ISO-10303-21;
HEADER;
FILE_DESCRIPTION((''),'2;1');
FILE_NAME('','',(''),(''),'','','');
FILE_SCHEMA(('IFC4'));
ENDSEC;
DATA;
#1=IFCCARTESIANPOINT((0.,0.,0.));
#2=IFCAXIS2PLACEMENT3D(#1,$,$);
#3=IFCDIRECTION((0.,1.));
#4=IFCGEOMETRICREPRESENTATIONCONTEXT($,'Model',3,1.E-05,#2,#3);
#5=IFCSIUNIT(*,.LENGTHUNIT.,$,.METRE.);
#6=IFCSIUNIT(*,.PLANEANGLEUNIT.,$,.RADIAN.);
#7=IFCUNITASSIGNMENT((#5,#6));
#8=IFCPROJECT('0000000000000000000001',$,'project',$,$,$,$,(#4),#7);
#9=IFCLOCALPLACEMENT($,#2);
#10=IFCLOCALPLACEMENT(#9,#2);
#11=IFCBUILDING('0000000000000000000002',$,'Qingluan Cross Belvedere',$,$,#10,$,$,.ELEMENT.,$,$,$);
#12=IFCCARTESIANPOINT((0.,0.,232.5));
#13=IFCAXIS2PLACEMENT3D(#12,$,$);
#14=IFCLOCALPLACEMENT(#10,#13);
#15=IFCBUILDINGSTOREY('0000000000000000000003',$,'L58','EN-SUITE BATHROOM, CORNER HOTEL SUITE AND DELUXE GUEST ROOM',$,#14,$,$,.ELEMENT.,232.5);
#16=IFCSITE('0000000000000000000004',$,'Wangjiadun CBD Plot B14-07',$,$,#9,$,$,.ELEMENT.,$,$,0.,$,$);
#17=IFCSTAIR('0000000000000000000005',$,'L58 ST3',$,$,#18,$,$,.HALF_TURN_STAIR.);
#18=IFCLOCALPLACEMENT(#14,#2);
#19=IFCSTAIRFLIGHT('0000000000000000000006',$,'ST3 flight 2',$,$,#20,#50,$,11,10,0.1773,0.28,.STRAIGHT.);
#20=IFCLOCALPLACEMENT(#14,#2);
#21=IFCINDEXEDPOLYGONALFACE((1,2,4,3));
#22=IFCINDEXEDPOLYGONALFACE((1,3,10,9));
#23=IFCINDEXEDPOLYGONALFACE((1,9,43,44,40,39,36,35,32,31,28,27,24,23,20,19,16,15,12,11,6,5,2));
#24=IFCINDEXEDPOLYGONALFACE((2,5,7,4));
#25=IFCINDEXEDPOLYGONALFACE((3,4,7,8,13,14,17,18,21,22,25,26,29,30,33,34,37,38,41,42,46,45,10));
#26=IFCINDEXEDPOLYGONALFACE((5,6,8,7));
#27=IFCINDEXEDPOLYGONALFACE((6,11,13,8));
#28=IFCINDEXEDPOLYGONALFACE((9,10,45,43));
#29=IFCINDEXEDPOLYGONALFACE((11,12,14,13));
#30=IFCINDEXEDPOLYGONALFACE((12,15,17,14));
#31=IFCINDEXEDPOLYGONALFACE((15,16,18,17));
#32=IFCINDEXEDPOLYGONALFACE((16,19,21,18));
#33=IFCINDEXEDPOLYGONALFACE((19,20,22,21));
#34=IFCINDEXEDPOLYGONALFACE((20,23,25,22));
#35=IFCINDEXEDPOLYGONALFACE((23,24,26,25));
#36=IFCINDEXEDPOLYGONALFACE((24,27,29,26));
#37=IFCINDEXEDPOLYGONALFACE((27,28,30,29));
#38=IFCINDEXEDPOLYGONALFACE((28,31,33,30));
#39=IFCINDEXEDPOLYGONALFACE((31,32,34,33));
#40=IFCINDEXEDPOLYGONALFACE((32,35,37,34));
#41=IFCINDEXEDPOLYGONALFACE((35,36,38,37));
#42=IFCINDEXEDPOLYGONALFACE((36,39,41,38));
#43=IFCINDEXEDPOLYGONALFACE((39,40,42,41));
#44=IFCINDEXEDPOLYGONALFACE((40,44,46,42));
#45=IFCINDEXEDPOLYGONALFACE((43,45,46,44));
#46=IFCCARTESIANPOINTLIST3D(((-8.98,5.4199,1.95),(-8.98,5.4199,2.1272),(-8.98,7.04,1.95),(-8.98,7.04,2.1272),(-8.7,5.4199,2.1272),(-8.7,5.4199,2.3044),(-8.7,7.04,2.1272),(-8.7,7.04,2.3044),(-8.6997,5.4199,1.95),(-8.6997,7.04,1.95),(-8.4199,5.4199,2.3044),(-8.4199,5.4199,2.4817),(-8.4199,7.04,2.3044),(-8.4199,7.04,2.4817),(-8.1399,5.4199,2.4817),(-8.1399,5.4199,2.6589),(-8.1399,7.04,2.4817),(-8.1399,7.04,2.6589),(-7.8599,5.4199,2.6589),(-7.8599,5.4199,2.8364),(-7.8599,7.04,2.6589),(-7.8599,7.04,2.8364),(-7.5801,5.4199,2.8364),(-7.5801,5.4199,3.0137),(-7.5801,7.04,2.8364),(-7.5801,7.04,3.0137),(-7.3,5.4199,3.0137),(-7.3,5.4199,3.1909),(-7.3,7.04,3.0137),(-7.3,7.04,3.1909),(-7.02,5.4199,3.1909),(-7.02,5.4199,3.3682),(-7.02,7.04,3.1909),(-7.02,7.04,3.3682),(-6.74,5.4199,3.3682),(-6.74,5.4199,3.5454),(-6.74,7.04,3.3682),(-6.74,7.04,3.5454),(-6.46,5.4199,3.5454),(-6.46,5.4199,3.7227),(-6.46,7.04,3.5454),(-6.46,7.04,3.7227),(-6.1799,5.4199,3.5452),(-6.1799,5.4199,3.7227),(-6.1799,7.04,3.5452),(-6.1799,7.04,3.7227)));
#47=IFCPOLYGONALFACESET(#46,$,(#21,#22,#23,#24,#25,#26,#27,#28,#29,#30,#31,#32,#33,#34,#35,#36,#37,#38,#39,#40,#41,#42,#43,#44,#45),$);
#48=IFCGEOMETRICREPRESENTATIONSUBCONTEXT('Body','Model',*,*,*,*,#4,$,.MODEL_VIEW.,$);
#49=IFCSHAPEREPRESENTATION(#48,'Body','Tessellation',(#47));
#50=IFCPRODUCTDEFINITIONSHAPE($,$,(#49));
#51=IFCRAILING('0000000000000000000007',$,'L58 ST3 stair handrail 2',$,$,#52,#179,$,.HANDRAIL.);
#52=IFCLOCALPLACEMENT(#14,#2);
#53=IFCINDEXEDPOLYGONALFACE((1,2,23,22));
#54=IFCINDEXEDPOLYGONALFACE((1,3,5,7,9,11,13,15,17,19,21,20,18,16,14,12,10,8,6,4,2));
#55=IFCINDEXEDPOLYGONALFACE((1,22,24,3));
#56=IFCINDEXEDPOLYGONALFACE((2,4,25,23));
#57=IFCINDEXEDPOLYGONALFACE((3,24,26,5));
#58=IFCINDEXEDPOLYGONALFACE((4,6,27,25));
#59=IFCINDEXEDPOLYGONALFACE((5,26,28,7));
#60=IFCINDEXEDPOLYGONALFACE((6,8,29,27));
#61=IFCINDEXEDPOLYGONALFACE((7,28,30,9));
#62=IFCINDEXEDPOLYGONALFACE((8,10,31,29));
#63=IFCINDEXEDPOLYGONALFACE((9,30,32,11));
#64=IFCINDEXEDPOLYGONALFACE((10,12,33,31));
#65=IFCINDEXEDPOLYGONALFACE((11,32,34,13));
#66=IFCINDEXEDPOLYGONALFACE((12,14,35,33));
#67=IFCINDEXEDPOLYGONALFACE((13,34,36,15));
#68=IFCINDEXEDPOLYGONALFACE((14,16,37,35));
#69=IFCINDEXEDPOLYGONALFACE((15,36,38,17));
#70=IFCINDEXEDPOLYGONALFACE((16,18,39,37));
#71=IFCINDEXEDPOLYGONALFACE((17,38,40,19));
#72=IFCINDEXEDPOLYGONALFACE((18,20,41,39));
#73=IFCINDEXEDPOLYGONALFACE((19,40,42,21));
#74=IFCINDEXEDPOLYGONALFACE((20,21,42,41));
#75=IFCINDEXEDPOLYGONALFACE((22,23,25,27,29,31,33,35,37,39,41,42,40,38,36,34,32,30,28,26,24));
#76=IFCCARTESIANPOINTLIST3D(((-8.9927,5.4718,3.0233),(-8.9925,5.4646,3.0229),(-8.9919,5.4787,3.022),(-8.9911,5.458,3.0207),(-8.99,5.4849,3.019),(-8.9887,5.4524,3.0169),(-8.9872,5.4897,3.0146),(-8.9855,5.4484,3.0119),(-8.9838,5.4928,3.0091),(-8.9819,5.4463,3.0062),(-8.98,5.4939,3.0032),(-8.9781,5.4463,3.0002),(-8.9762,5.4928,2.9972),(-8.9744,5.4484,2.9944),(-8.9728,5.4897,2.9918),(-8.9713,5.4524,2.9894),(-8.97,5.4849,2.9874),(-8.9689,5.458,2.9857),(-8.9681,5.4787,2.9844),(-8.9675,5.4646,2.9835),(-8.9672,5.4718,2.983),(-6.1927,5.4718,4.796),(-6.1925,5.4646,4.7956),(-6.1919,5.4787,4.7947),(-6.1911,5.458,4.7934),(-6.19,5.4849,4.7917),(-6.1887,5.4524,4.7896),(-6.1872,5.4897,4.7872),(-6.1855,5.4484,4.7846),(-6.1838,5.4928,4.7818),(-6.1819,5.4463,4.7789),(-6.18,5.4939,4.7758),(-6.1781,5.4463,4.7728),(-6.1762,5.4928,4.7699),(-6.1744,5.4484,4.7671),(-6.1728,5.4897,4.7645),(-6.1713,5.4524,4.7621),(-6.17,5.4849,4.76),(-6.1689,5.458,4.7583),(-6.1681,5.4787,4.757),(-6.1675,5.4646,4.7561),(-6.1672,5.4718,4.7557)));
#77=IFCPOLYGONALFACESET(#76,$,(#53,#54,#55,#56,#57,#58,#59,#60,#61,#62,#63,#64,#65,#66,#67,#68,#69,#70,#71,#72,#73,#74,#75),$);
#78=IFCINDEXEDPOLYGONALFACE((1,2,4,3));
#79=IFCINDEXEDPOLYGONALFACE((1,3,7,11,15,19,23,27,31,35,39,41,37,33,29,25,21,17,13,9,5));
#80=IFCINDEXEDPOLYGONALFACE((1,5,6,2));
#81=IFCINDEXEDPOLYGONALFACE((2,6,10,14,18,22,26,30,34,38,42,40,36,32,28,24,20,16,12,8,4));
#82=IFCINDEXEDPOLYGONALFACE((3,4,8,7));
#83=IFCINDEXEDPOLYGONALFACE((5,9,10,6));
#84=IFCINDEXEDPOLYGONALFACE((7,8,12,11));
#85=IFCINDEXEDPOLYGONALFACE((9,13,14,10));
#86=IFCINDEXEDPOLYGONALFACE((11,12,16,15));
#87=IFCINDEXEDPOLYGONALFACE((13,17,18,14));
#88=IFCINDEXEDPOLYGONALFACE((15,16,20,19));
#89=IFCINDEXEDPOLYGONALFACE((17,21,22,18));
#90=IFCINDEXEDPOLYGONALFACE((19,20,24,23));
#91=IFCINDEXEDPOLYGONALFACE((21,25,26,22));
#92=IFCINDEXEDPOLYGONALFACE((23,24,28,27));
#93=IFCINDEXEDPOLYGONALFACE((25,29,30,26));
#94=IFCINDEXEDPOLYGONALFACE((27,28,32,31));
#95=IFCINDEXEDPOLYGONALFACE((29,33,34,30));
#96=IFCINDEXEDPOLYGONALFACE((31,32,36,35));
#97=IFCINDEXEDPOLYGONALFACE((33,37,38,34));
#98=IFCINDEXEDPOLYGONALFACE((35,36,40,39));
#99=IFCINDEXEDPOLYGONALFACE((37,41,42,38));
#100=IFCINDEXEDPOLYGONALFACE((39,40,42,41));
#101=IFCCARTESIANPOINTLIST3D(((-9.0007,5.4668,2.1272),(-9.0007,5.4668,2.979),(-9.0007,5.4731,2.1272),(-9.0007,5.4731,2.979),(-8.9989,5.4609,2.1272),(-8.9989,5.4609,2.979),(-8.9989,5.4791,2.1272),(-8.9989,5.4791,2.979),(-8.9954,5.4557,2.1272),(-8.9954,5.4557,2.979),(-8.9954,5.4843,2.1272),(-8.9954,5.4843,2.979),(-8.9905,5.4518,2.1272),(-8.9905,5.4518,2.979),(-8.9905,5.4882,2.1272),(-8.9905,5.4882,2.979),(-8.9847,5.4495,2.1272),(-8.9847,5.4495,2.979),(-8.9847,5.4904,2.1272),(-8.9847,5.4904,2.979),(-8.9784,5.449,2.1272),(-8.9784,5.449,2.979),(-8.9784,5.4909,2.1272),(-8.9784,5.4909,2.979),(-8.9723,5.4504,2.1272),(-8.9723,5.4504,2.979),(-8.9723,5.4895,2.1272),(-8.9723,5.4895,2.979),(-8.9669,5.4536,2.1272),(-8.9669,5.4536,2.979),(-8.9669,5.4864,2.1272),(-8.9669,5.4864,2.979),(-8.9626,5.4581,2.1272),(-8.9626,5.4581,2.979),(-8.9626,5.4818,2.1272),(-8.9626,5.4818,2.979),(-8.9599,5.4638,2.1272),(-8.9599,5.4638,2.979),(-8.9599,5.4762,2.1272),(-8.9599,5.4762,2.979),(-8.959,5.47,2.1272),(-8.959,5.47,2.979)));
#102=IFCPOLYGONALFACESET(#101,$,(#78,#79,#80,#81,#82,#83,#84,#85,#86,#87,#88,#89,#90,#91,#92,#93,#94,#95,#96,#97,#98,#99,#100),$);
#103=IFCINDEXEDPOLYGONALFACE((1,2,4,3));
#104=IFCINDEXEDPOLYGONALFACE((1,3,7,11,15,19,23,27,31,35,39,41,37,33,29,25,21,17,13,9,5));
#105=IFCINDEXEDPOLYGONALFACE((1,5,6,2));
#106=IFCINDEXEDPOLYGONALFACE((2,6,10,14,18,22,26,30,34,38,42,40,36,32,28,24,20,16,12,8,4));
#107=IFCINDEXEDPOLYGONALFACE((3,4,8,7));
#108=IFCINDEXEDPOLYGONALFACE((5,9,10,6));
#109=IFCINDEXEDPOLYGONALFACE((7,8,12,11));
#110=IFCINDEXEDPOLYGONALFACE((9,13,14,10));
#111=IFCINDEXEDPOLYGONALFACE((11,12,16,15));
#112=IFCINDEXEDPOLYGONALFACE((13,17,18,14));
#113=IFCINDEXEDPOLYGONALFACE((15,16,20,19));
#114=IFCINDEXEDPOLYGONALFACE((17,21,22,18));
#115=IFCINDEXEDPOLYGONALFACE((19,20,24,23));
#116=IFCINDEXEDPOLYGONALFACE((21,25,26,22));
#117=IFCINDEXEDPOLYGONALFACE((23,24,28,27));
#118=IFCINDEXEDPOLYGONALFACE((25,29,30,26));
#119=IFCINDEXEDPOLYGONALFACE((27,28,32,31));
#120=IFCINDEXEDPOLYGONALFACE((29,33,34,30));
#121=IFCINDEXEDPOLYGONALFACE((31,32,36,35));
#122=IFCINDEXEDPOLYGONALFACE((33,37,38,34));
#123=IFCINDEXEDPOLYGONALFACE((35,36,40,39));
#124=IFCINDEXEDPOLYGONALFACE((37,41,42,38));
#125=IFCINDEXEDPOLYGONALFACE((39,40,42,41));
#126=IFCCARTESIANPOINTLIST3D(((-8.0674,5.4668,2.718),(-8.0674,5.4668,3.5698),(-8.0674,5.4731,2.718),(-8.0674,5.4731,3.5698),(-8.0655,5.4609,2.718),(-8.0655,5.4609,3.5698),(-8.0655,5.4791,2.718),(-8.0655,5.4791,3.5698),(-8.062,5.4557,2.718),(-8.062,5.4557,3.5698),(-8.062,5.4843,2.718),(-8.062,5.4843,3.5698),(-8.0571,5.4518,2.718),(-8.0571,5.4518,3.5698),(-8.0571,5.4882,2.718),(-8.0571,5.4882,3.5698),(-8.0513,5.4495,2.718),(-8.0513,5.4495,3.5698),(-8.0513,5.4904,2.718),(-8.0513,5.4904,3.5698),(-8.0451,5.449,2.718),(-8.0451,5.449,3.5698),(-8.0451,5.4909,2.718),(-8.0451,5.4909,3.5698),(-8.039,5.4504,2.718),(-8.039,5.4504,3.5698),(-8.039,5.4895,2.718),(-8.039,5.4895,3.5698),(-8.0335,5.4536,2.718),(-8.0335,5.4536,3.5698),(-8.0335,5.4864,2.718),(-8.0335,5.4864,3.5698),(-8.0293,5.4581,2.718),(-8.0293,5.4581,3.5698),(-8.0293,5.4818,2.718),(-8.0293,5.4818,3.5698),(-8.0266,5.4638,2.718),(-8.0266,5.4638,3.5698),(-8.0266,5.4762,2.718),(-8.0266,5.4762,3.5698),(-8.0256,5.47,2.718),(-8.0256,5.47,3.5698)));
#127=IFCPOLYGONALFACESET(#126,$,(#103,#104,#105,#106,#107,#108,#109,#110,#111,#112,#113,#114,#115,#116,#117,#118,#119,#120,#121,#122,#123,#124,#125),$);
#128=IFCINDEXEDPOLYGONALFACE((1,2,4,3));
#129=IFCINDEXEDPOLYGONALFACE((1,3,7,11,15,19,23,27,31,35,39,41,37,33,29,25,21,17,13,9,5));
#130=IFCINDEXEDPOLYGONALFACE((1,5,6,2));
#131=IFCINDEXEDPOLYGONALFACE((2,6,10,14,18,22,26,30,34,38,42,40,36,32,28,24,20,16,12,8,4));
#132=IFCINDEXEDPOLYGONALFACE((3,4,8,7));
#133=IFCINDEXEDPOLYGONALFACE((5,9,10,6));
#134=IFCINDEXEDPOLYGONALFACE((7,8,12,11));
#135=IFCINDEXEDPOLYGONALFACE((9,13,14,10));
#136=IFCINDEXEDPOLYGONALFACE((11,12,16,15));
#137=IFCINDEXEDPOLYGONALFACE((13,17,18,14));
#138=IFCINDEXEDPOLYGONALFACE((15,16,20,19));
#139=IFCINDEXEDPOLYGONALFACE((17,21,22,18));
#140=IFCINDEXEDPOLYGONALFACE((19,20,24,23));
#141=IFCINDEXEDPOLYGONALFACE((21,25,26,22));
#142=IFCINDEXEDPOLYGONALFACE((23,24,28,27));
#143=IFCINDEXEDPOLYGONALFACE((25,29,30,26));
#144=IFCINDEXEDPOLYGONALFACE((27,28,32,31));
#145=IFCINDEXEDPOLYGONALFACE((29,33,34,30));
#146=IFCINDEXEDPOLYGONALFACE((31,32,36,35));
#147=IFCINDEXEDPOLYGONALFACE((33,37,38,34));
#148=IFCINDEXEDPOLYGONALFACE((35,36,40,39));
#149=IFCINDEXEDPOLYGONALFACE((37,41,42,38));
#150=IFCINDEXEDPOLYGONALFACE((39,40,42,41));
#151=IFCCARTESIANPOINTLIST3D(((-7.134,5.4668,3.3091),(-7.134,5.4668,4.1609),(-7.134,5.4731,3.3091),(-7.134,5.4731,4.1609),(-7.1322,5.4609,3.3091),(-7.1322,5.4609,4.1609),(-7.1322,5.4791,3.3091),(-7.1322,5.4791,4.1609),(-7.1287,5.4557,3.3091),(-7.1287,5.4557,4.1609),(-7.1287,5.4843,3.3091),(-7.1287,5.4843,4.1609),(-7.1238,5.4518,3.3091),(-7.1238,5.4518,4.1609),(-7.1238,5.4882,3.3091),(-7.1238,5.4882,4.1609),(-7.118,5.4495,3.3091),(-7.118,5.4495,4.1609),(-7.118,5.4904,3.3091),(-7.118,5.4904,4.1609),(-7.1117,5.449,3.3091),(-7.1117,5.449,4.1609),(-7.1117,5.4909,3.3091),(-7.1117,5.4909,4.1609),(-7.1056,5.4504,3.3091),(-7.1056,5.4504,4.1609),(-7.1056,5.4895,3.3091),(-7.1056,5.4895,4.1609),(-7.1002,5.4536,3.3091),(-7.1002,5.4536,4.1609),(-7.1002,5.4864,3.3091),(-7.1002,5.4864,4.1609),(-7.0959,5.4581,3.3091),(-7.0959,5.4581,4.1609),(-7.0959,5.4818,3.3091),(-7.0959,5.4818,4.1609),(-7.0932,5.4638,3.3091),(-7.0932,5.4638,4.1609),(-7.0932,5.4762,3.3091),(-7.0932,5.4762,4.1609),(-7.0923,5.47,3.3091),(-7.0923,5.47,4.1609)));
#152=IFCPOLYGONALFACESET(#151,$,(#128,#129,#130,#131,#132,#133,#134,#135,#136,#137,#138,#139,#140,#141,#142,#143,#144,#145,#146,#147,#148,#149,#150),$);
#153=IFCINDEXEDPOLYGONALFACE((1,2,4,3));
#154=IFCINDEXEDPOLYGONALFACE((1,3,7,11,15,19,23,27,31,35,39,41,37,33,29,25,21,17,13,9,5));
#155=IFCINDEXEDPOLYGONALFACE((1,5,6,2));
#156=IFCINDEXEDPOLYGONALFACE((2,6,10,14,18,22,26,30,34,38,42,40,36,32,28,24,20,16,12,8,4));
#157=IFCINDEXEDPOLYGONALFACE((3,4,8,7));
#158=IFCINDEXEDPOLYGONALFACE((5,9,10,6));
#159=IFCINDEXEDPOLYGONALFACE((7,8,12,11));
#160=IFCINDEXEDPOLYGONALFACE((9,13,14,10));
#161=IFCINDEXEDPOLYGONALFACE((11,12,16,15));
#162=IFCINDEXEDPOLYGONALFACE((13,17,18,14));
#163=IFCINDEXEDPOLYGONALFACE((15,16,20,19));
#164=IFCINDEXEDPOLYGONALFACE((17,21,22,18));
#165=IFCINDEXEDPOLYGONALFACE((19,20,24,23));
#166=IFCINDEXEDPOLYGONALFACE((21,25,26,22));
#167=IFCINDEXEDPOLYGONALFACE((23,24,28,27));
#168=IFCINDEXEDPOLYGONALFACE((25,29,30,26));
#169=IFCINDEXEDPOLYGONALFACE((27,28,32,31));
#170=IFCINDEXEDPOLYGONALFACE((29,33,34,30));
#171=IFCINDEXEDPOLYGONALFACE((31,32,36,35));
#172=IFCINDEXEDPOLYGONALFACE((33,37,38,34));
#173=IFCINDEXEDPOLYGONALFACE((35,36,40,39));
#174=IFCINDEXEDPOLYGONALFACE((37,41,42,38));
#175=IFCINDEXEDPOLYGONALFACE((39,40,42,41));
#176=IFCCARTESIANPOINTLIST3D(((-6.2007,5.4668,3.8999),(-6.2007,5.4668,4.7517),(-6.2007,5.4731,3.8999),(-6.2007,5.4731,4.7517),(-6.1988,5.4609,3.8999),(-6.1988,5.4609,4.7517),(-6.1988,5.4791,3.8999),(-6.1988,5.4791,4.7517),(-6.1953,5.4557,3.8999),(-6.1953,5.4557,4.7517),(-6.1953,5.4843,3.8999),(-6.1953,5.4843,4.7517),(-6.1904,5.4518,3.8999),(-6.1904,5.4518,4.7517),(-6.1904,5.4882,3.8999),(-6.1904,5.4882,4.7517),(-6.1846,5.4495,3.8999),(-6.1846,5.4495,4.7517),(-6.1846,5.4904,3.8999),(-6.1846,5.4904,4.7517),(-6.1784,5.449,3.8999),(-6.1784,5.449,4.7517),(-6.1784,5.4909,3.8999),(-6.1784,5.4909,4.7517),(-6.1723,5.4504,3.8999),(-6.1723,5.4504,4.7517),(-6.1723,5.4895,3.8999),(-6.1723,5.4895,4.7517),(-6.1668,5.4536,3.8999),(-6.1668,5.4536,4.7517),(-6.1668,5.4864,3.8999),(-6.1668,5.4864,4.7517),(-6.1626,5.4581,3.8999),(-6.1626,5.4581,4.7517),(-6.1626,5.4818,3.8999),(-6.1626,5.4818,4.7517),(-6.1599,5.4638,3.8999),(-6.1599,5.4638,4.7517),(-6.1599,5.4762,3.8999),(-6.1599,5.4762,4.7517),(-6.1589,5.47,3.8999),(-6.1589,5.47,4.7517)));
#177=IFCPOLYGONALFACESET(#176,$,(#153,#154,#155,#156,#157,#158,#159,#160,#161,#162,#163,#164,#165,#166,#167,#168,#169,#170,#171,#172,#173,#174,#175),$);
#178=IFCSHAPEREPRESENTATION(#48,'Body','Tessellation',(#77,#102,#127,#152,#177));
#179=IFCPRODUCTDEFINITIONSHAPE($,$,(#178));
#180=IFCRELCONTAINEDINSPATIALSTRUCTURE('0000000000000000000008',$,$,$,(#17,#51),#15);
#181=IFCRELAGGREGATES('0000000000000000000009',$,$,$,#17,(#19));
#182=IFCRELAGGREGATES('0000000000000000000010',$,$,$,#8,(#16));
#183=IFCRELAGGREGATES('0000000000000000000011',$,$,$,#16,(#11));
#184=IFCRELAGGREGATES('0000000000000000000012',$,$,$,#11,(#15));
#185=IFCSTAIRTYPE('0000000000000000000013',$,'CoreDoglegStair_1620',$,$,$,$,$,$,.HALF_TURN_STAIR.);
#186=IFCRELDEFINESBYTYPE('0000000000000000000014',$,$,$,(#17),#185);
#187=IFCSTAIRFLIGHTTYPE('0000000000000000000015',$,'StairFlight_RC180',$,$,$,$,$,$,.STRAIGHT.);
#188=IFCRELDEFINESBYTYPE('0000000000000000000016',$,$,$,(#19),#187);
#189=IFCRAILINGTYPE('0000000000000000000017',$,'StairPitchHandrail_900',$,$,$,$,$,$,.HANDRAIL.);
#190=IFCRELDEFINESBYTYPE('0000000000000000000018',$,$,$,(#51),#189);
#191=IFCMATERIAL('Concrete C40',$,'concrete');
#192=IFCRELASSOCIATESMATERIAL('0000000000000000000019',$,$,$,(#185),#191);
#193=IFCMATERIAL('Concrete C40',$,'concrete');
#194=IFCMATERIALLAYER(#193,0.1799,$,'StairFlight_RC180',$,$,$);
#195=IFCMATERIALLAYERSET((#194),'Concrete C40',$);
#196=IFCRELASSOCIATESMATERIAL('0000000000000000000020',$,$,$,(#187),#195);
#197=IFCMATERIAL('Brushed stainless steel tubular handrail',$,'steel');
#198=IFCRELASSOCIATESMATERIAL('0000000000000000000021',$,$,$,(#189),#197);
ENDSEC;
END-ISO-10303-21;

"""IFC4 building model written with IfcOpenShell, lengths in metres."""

from ifc_helpers import new_model, si_unit, direction, frame, origin, origin_2d, place, context, subcontext, project, spatial, polyline, circle, outline, extrude, material, layer, layer_set, type_object, element, aggregate, save


model = new_model("IFC4")

# Units and contexts
model_context = context("Model", 3, precision=1e-05, world=origin(), true_north=direction((0.0, 1.0)))
body_context = subcontext(model_context, "Body", "Model", "MODEL_VIEW")
ifc_project = project(units=[si_unit("LENGTHUNIT", "METRE"), si_unit("PLANEANGLEUNIT", "RADIAN")], contexts=[model_context])

# Site, building, storey
site_placement = place(None, origin())
site = spatial("IfcSite", under=ifc_project, at=site_placement, Name="Wangjiadun CBD Plot B14-07", CompositionType="ELEMENT", RefElevation=0.0)
building_placement = place(site_placement, origin())
building = spatial("IfcBuilding", under=site, at=building_placement, Name="Qingluan Cross Belvedere", CompositionType="ELEMENT")
storey_placement = place(building_placement, frame((0.0, 0.0, 232.5)))
storey = spatial("IfcBuildingStorey", under=building, at=storey_placement, Name="L58", Description="EN-SUITE BATHROOM, CORNER HOTEL SUITE AND DELUXE GUEST ROOM", CompositionType="ELEMENT", Elevation=232.5)

# Stair, stair flight
ifc_material_1 = material(Name="Concrete C40", Category="concrete")
stair_type = type_object("IfcStairType", Name="CoreDoglegStair_1620", PredefinedType="HALF_TURN_STAIR", material=ifc_material_1)
stair_placement = place(storey_placement, origin())
stair = element("IfcStair", 1, at=stair_placement, inside=storey, type_object=stair_type, Name="L58 ST3", PredefinedType="HALF_TURN_STAIR")
ifc_material_2 = material(Name="Concrete C40", Category="concrete")
ifc_layer_1 = layer(ifc_material_2, 0.1799, Name="StairFlight_RC180")
ifc_layer_set_1 = layer_set([ifc_layer_1], Name="Concrete C40")
stair_flight_type = type_object("IfcStairFlightType", Name="StairFlight_RC180", PredefinedType="STRAIGHT", material=ifc_layer_set_1)
stair_flight_placement = place(storey_placement, frame((-8.98, 6.23, 1.95), z_axis=(0.0, 0.0, 1.0), x_axis=(1.0, 0.0, 0.0)))
stair_flight = element("IfcStairFlight", 2, at=stair_flight_placement, type_object=stair_flight_type, Name="ST3 flight 2", NumberOfRisers=11, NumberOfTreads=10, PredefinedType="STRAIGHT", RiserHeight=0.1773, TreadLength=0.28, context=body_context, shape_type="SweptSolid", body=[
    extrude(outline(polyline([(0.0, 0.0), (0.0, 0.1772), (0.28, 0.1772), (0.28, 0.3545), (0.5601, 0.3545), (0.5601, 0.5317), (0.8401, 0.5317), (0.8401, 0.709), (1.1201, 0.709), (1.1201, 0.8865), (1.3999, 0.8865), (1.3999, 1.0637), (1.6799, 1.0637), (1.6799, 1.241), (1.96, 1.241), (1.96, 1.4182), (2.24, 1.4182), (2.24, 1.5955), (2.52, 1.5955), (2.52, 1.7727), (2.8, 1.7727), (2.8, 1.95), (2.8, 1.5952), (0.2803, 0.0), (0.0, 0.0)])), frame((0.0, 0.8101, 0.0), z_axis=(0.0, -1.0, 0.0), x_axis=(1.0, 0.0, 0.0)), (0.0, 0.0, 1.0), 1.6201),
])
aggregate(stair, [stair_flight])

# Railing
ifc_material_3 = material(Name="Brushed stainless steel tubular handrail", Category="steel")
railing_type_1 = type_object("IfcRailingType", Name="StairPitchHandrail_900", PredefinedType="HANDRAIL", material=ifc_material_3)
railing_1_placement = place(storey_placement, frame((-8.98, 5.47, 2.1272)))
element("IfcRailing", 3, at=railing_1_placement, inside=storey, type_object=railing_type_1, Name="L58 ST3 stair handrail 2", PredefinedType="HANDRAIL", context=body_context, shape_type="SweptSolid", body=[
    extrude(circle(Radius=0.0239, at=origin_2d()), frame((0.0, 0.0, 0.876), z_axis=(0.844909, 0.0, 0.53491), x_axis=(0.0, 1.0, 0.0)), (0.0, 0.0, 1.0), 3.314),
    extrude(circle(Radius=0.021, at=origin_2d()), origin(), (0.0, 0.0, 1.0), 0.8518),
    extrude(circle(Radius=0.021, at=origin_2d()), frame((0.9333, 0.0, 0.5908)), (0.0, 0.0, 1.0), 0.8518),
    extrude(circle(Radius=0.021, at=origin_2d()), frame((1.8667, 0.0, 1.1819)), (0.0, 0.0, 1.0), 0.8518),
    extrude(circle(Radius=0.021, at=origin_2d()), frame((2.8, 0.0, 1.7727)), (0.0, 0.0, 1.0), 0.8518),
])

save(model, "model.ifc")
